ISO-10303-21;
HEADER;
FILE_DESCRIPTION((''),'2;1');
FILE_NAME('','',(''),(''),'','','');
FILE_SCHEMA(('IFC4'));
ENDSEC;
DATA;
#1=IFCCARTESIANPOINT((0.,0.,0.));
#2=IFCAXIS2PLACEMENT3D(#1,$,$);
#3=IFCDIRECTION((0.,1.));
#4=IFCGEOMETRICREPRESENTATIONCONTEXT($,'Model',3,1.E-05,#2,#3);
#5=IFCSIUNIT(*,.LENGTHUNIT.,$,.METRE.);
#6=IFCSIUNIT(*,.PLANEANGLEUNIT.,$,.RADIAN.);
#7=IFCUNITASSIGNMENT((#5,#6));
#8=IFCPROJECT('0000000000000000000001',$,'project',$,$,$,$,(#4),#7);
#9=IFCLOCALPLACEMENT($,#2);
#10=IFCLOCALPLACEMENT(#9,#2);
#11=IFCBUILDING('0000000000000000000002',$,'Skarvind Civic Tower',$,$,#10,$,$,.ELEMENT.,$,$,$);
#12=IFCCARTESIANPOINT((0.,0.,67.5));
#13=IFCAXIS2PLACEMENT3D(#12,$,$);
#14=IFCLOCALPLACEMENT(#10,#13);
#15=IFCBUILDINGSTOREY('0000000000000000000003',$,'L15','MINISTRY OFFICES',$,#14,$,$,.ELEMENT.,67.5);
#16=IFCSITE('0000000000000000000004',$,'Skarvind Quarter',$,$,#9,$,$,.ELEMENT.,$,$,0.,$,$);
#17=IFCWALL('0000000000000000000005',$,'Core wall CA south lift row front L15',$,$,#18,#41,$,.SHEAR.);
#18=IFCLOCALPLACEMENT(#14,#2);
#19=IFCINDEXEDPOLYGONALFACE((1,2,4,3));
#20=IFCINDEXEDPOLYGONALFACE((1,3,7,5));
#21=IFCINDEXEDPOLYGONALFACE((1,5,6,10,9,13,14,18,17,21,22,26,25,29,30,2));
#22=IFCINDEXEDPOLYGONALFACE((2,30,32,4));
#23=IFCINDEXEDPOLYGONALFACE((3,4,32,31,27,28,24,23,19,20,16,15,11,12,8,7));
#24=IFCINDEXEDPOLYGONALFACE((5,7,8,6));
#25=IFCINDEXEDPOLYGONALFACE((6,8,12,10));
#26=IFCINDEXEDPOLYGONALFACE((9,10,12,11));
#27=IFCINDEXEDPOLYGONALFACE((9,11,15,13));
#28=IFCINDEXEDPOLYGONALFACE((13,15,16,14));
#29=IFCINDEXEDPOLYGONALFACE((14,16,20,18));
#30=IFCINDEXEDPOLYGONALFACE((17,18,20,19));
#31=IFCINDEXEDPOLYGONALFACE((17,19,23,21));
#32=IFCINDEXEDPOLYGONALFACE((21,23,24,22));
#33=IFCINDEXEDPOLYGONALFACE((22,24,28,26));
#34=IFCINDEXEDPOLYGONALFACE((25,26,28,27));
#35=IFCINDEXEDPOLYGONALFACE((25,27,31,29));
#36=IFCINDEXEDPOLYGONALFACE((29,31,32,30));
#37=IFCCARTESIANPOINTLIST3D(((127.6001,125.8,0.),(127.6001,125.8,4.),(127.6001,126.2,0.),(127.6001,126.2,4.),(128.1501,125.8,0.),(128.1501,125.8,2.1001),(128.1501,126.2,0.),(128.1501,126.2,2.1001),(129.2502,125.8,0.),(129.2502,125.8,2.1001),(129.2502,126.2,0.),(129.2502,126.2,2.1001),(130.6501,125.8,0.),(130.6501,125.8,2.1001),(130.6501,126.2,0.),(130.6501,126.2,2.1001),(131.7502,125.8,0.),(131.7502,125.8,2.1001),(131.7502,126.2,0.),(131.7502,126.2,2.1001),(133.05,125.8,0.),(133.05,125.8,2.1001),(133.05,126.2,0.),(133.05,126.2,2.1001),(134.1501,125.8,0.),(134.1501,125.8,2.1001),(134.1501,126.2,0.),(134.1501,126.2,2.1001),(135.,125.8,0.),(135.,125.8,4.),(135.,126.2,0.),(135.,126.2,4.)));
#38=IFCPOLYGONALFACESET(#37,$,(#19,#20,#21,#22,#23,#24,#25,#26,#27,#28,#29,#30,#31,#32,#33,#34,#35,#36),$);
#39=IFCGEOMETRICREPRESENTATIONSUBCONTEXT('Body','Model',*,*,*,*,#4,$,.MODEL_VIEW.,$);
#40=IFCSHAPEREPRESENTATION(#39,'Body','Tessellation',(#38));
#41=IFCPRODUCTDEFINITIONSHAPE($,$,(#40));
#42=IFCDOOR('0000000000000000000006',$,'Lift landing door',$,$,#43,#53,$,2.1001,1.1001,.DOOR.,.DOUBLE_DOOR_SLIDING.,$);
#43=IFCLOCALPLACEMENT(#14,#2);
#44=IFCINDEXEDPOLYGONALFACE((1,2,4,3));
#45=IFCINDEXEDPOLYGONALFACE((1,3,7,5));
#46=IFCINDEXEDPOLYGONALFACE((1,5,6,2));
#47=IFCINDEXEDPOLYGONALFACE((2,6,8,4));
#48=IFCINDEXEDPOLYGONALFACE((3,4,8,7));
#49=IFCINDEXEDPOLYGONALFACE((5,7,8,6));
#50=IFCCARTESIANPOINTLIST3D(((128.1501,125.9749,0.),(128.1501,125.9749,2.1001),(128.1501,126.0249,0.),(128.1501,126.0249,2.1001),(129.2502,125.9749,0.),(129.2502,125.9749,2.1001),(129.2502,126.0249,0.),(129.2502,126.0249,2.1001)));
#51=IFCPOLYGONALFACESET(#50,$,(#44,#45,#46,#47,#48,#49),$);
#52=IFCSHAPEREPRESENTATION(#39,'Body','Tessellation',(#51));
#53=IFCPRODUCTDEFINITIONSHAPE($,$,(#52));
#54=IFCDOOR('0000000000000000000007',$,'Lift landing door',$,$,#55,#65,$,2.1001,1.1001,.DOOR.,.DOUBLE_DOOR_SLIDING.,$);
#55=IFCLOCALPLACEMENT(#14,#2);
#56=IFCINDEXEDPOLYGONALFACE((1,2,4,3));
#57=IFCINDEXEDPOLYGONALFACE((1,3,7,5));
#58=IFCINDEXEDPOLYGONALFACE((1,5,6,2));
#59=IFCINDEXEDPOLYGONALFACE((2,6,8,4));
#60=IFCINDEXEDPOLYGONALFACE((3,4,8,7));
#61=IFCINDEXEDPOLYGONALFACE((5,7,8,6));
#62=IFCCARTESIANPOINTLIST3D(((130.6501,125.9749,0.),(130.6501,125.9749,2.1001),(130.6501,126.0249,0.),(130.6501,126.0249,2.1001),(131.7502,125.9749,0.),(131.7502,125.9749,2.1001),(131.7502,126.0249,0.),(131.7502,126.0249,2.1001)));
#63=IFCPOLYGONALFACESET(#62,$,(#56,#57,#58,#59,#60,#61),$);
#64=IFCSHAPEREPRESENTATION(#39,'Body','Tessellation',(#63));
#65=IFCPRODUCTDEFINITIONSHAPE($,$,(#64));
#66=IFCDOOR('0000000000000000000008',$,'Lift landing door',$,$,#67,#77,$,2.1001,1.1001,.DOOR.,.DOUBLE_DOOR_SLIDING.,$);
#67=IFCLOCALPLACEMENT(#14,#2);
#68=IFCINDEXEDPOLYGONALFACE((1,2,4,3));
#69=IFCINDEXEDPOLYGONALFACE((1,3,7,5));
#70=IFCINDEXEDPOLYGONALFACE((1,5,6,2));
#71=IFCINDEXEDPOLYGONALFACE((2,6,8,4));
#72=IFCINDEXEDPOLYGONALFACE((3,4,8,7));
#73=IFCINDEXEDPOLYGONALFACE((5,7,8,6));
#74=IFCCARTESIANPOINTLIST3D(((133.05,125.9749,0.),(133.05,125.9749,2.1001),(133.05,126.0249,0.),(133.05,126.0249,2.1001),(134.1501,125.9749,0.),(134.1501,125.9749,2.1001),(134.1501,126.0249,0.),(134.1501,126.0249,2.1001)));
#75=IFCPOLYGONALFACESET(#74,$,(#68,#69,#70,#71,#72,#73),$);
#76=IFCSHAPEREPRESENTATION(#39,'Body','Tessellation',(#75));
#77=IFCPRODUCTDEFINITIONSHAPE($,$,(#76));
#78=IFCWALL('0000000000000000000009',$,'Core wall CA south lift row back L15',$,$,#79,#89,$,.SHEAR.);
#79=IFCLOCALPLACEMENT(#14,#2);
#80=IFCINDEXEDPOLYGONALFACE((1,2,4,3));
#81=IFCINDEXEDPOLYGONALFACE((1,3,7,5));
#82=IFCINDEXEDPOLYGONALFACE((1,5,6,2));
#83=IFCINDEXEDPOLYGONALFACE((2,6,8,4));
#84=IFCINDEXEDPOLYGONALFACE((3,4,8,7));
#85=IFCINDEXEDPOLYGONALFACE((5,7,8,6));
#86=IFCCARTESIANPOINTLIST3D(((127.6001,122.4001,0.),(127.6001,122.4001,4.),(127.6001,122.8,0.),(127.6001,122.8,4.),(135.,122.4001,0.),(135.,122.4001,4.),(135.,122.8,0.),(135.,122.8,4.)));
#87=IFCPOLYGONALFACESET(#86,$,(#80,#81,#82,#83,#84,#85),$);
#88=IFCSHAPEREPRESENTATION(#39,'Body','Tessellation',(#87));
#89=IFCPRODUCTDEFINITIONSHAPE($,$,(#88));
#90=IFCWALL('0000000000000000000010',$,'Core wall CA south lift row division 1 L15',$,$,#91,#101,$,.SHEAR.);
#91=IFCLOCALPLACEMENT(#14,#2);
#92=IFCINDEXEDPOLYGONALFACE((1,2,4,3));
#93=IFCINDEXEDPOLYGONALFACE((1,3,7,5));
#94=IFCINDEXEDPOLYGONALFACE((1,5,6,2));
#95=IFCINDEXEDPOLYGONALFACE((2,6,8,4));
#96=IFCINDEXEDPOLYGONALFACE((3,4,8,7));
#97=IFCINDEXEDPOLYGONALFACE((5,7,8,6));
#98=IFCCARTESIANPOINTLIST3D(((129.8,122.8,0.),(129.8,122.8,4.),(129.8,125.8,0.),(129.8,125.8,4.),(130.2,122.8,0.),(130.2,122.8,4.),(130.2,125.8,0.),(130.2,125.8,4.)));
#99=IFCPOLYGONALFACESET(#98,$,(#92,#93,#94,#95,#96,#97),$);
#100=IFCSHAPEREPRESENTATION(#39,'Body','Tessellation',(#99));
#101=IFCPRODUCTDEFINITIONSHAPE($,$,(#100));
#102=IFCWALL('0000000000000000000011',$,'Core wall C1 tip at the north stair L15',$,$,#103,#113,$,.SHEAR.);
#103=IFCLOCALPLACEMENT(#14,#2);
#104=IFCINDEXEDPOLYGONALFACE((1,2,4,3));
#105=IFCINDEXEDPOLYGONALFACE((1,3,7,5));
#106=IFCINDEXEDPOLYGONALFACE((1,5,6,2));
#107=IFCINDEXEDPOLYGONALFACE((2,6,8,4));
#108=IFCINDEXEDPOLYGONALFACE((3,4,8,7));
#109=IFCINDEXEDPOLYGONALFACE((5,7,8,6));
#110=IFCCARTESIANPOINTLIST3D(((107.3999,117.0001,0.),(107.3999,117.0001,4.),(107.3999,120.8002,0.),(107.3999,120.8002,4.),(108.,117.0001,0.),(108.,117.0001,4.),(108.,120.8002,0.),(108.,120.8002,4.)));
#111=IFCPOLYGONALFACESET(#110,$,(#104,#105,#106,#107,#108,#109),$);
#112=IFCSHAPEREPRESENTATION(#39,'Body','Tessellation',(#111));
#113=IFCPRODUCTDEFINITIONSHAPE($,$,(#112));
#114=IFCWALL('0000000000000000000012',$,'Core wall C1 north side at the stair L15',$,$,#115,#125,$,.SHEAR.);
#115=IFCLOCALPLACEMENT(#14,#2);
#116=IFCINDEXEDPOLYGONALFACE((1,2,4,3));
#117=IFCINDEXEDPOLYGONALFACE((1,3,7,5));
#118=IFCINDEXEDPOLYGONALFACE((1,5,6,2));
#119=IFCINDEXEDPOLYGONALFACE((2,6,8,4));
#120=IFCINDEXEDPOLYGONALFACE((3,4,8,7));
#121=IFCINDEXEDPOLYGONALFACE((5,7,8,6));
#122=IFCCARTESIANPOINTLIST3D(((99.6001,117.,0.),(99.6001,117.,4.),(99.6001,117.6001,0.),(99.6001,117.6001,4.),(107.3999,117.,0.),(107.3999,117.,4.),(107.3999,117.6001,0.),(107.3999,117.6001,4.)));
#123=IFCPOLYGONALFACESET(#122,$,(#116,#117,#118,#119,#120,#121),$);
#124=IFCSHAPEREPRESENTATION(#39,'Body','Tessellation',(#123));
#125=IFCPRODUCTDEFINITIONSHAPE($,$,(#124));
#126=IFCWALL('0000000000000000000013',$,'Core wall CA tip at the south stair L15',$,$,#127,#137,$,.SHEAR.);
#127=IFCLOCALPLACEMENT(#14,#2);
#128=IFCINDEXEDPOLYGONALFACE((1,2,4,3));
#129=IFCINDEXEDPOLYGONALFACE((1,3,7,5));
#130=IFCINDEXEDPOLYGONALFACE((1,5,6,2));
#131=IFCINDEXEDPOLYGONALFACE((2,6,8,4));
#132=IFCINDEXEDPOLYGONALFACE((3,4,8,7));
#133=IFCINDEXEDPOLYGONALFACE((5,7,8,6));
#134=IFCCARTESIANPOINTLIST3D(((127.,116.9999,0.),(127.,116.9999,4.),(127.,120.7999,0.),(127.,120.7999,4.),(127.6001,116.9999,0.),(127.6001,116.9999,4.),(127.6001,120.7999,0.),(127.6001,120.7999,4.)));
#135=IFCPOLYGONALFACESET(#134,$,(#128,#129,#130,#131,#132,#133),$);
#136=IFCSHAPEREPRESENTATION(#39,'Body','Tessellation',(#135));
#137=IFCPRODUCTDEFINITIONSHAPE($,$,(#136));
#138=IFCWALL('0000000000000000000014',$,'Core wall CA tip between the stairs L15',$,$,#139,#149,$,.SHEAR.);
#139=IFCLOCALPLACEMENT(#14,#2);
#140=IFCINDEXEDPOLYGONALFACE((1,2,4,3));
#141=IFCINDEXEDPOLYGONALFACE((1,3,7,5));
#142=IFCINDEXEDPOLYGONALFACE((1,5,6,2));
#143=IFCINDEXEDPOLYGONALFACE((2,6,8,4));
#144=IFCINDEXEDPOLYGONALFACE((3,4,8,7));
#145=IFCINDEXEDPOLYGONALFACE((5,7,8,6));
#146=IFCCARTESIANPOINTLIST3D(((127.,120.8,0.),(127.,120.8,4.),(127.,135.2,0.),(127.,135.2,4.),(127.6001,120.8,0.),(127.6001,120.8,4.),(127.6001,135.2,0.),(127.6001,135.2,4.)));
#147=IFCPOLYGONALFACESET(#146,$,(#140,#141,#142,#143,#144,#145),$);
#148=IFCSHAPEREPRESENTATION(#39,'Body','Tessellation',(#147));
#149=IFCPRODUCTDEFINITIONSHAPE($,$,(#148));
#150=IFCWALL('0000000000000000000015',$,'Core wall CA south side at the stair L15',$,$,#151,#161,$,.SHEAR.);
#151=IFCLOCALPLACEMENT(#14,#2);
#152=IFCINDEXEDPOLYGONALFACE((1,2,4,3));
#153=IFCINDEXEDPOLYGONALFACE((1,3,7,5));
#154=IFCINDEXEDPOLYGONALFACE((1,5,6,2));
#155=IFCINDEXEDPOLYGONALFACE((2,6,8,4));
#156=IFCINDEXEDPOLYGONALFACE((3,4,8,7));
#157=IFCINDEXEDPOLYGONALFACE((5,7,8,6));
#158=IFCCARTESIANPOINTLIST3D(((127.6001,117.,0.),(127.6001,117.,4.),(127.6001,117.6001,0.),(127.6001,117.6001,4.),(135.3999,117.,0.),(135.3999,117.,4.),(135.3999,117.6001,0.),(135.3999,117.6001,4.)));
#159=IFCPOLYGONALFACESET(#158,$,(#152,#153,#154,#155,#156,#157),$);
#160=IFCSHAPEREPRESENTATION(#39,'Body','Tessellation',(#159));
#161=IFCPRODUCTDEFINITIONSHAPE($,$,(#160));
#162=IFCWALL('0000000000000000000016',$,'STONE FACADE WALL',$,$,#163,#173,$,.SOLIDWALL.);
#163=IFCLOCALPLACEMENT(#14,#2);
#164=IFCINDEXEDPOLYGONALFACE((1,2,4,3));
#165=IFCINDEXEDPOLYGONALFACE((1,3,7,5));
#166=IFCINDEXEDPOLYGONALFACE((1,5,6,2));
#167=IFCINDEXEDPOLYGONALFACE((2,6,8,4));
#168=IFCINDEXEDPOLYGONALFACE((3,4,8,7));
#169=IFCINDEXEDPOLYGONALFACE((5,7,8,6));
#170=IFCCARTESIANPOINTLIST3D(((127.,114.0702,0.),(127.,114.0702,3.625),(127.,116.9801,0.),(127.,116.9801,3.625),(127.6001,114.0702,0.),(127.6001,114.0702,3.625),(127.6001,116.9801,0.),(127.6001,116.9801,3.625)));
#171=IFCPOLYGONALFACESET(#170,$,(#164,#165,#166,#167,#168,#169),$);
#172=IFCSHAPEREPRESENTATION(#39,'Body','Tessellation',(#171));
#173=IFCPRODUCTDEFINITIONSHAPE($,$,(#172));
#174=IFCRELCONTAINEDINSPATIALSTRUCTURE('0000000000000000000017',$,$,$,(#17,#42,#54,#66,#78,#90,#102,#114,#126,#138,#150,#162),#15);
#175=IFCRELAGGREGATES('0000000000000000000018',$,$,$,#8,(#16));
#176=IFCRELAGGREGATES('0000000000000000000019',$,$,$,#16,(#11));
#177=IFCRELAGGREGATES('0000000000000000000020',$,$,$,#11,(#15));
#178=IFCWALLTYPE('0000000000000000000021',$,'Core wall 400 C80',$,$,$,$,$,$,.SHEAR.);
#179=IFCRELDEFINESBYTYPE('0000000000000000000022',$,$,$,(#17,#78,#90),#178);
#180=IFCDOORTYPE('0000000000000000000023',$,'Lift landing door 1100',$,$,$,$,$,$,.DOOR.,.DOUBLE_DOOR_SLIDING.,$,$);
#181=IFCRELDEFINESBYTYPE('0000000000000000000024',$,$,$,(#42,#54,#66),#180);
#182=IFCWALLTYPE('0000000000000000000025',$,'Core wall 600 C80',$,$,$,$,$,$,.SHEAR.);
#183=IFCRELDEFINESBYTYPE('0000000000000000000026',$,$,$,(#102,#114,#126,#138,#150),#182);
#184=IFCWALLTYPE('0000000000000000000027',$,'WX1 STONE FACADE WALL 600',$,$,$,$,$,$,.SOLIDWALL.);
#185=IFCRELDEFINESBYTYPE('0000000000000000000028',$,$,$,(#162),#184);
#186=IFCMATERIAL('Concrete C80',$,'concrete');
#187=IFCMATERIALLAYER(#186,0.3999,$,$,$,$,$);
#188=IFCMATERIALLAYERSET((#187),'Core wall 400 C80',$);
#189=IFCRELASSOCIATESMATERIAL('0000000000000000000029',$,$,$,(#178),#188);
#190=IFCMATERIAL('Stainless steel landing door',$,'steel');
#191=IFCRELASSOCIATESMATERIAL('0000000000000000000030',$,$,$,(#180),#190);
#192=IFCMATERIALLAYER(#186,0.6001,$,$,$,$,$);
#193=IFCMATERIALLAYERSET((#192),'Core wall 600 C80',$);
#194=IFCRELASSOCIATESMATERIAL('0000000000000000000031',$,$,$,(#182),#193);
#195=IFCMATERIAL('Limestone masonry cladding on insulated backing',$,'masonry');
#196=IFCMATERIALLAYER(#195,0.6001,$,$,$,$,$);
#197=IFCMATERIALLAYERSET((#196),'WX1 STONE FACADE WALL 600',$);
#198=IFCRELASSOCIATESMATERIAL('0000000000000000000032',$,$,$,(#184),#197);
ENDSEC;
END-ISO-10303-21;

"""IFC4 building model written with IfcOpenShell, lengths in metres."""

from ifc_helpers import new_model, si_unit, direction, frame, frame_2d, origin, place, context, subcontext, project, spatial, rectangle, extrude, material, layer, layer_set, type_object, element, fill, save


model = new_model("IFC4")

# Units and contexts
model_context = context("Model", 3, precision=1e-05, world=origin(), true_north=direction((0.0, 1.0)))
body_context = subcontext(model_context, "Body", "Model", "MODEL_VIEW")
ifc_project = project(units=[si_unit("LENGTHUNIT", "METRE"), si_unit("PLANEANGLEUNIT", "RADIAN")], contexts=[model_context])

# Site, building, storey
site_placement = place(None, origin())
site = spatial("IfcSite", under=ifc_project, at=site_placement, Name="Skarvind Quarter", CompositionType="ELEMENT", RefElevation=0.0)
building_placement = place(site_placement, origin())
building = spatial("IfcBuilding", under=site, at=building_placement, Name="Skarvind Civic Tower", CompositionType="ELEMENT")
storey_placement = place(building_placement, frame((0.0, 0.0, 67.5)))
storey = spatial("IfcBuildingStorey", under=building, at=storey_placement, Name="L15", Description="MINISTRY OFFICES", CompositionType="ELEMENT", Elevation=67.5)

# Shared definitions
ifc_material_1 = material(Name="Concrete C80", Category="concrete")
ifc_layer_1 = layer(ifc_material_1, 0.3999)
ifc_layer_set_1 = layer_set([ifc_layer_1], Name="Core wall 400 C80")
wall_type_1 = type_object("IfcWallType", Name="Core wall 400 C80", PredefinedType="SHEAR", material=ifc_layer_set_1)

# Shared definitions
ifc_material_2 = material(Name="Stainless steel landing door", Category="steel")
door_type_1 = type_object("IfcDoorType", Name="Lift landing door 1100", OperationType="DOUBLE_DOOR_SLIDING", PredefinedType="DOOR", material=ifc_material_2)

# Wall, openings, doors
wall_1_placement = place(storey_placement, frame((127.6001, 126.0, 0.0), z_axis=(0.0, 0.0, 1.0), x_axis=(1.0, 0.0, 0.0)))
wall_1 = element("IfcWall", 1, at=wall_1_placement, inside=storey, type_object=wall_type_1, Name="Core wall CA south lift row front L15", PredefinedType="SHEAR", context=body_context, shape_type="SweptSolid", body=[
    extrude(rectangle(XDim=7.3999, YDim=0.3999, at=frame_2d((3.7, 0.0))), origin(), (0.0, 0.0, 1.0), 4.0),
])
opening_1_placement = place(wall_1_placement, frame((0.55, 0.0, 0.0)))
opening_1 = element("IfcOpeningElement", 2, at=opening_1_placement, cuts=wall_1, PredefinedType="OPENING", context=body_context, shape_type="SweptSolid", body=[
    extrude(rectangle(XDim=1.1001, YDim=2.1001, at=frame_2d((0.55, 1.05))), frame((0.0, 0.21, 0.0), z_axis=(0.0, -1.0, 0.0), x_axis=(1.0, 0.0, 0.0)), (0.0, 0.0, 1.0), 0.4199),
])
opening_2_placement = place(wall_1_placement, frame((3.05, 0.0, 0.0)))
opening_2 = element("IfcOpeningElement", 3, at=opening_2_placement, cuts=wall_1, PredefinedType="OPENING", context=body_context, shape_type="SweptSolid", body=[
    extrude(rectangle(XDim=1.1001, YDim=2.1001, at=frame_2d((0.55, 1.05))), frame((0.0, 0.21, 0.0), z_axis=(0.0, -1.0, 0.0), x_axis=(1.0, 0.0, 0.0)), (0.0, 0.0, 1.0), 0.4199),
])
opening_3_placement = place(wall_1_placement, frame((5.45, 0.0, 0.0)))
opening_3 = element("IfcOpeningElement", 4, at=opening_3_placement, cuts=wall_1, PredefinedType="OPENING", context=body_context, shape_type="SweptSolid", body=[
    extrude(rectangle(XDim=1.1001, YDim=2.1001, at=frame_2d((0.55, 1.05))), frame((0.0, 0.21, 0.0), z_axis=(0.0, -1.0, 0.0), x_axis=(1.0, 0.0, 0.0)), (0.0, 0.0, 1.0), 0.4199),
])
door_1_placement = place(opening_1_placement, origin())
door_1 = element("IfcDoor", 5, at=door_1_placement, inside=storey, type_object=door_type_1, Name="Lift landing door", OperationType="DOUBLE_DOOR_SLIDING", OverallHeight=2.1001, OverallWidth=1.1001, PredefinedType="DOOR", context=body_context, shape_type="SweptSolid", body=[
    extrude(rectangle(XDim=1.1001, YDim=2.1001, at=frame_2d((0.55, 1.05))), frame((0.0, 0.0249, 0.0), z_axis=(0.0, -1.0, 0.0), x_axis=(1.0, 0.0, 0.0)), (0.0, 0.0, 1.0), 0.05),
])
fill(opening_1, door_1)
door_2_placement = place(opening_2_placement, origin())
door_2 = element("IfcDoor", 6, at=door_2_placement, inside=storey, type_object=door_type_1, Name="Lift landing door", OperationType="DOUBLE_DOOR_SLIDING", OverallHeight=2.1001, OverallWidth=1.1001, PredefinedType="DOOR", context=body_context, shape_type="SweptSolid", body=[
    extrude(rectangle(XDim=1.1001, YDim=2.1001, at=frame_2d((0.55, 1.05))), frame((0.0, 0.0249, 0.0), z_axis=(0.0, -1.0, 0.0), x_axis=(1.0, 0.0, 0.0)), (0.0, 0.0, 1.0), 0.05),
])
fill(opening_2, door_2)
door_3_placement = place(opening_3_placement, origin())
door_3 = element("IfcDoor", 7, at=door_3_placement, inside=storey, type_object=door_type_1, Name="Lift landing door", OperationType="DOUBLE_DOOR_SLIDING", OverallHeight=2.1001, OverallWidth=1.1001, PredefinedType="DOOR", context=body_context, shape_type="SweptSolid", body=[
    extrude(rectangle(XDim=1.1001, YDim=2.1001, at=frame_2d((0.55, 1.05))), frame((0.0, 0.0249, 0.0), z_axis=(0.0, -1.0, 0.0), x_axis=(1.0, 0.0, 0.0)), (0.0, 0.0, 1.0), 0.05),
])
fill(opening_3, door_3)

# Walls
wall_2_placement = place(storey_placement, frame((127.6001, 122.6001, 0.0), z_axis=(0.0, 0.0, 1.0), x_axis=(1.0, 0.0, 0.0)))
element("IfcWall", 8, at=wall_2_placement, inside=storey, type_object=wall_type_1, Name="Core wall CA south lift row back L15", PredefinedType="SHEAR", context=body_context, shape_type="SweptSolid", body=[
    extrude(rectangle(XDim=7.3999, YDim=0.3999, at=frame_2d((3.7, 0.0))), origin(), (0.0, 0.0, 1.0), 4.0),
])
wall_3_placement = place(storey_placement, frame((130.0, 122.8, 0.0), z_axis=(0.0, 0.0, 1.0), x_axis=(0.0, 1.0, 0.0)))
element("IfcWall", 9, at=wall_3_placement, inside=storey, type_object=wall_type_1, Name="Core wall CA south lift row division 1 L15", PredefinedType="SHEAR", context=body_context, shape_type="SweptSolid", body=[
    extrude(rectangle(XDim=3.0, YDim=0.3999, at=frame_2d((1.5, 0.0))), origin(), (0.0, 0.0, 1.0), 4.0),
])
ifc_layer_2 = layer(ifc_material_1, 0.6001)
ifc_layer_set_2 = layer_set([ifc_layer_2], Name="Core wall 600 C80")
wall_type_2 = type_object("IfcWallType", Name="Core wall 600 C80", PredefinedType="SHEAR", material=ifc_layer_set_2)
wall_4_placement = place(storey_placement, frame((107.7, 120.8, 0.0), z_axis=(0.0, 0.0, 1.0), x_axis=(0.0, -1.0, 0.0)))
element("IfcWall", 10, at=wall_4_placement, inside=storey, type_object=wall_type_2, Name="Core wall C1 tip at the north stair L15", PredefinedType="SHEAR", context=body_context, shape_type="SweptSolid", body=[
    extrude(rectangle(XDim=3.8, YDim=0.6001, at=frame_2d((1.8999, 0.0))), origin(), (0.0, 0.0, 1.0), 4.0),
])
wall_5_placement = place(storey_placement, frame((107.3999, 117.3, 0.0), z_axis=(0.0, 0.0, 1.0), x_axis=(-1.0, 0.0, 0.0)))
element("IfcWall", 11, at=wall_5_placement, inside=storey, type_object=wall_type_2, Name="Core wall C1 north side at the stair L15", PredefinedType="SHEAR", context=body_context, shape_type="SweptSolid", body=[
    extrude(rectangle(XDim=7.7998, YDim=0.6001, at=frame_2d((3.8999, 0.0))), origin(), (0.0, 0.0, 1.0), 4.0),
])
wall_6_placement = place(storey_placement, frame((127.3, 117.0, 0.0), z_axis=(0.0, 0.0, 1.0), x_axis=(0.0, 1.0, 0.0)))
element("IfcWall", 12, at=wall_6_placement, inside=storey, type_object=wall_type_2, Name="Core wall CA tip at the south stair L15", PredefinedType="SHEAR", context=body_context, shape_type="SweptSolid", body=[
    extrude(rectangle(XDim=3.8, YDim=0.6001, at=frame_2d((1.8999, 0.0))), origin(), (0.0, 0.0, 1.0), 4.0),
])
wall_7_placement = place(storey_placement, frame((127.3, 120.8, 0.0), z_axis=(0.0, 0.0, 1.0), x_axis=(0.0, 1.0, 0.0)))
element("IfcWall", 13, at=wall_7_placement, inside=storey, type_object=wall_type_2, Name="Core wall CA tip between the stairs L15", PredefinedType="SHEAR", context=body_context, shape_type="SweptSolid", body=[
    extrude(rectangle(XDim=14.3999, YDim=0.6001, at=frame_2d((7.2, 0.0))), origin(), (0.0, 0.0, 1.0), 4.0),
])
wall_8_placement = place(storey_placement, frame((127.6001, 117.3, 0.0), z_axis=(0.0, 0.0, 1.0), x_axis=(1.0, 0.0, 0.0)))
element("IfcWall", 14, at=wall_8_placement, inside=storey, type_object=wall_type_2, Name="Core wall CA south side at the stair L15", PredefinedType="SHEAR", context=body_context, shape_type="SweptSolid", body=[
    extrude(rectangle(XDim=7.7998, YDim=0.6001, at=frame_2d((3.8999, 0.0))), origin(), (0.0, 0.0, 1.0), 4.0),
])
ifc_material_3 = material(Name="Limestone masonry cladding on insulated backing", Category="masonry")
ifc_layer_3 = layer(ifc_material_3, 0.6001)
ifc_layer_set_3 = layer_set([ifc_layer_3], Name="WX1 STONE FACADE WALL 600")
wall_type_3 = type_object("IfcWallType", Name="WX1 STONE FACADE WALL 600", PredefinedType="SOLIDWALL", material=ifc_layer_set_3)
wall_9_placement = place(storey_placement, frame((127.3, 114.0701, 0.0), z_axis=(0.0, 0.0, 1.0), x_axis=(0.0, 1.0, 0.0)))
element("IfcWall", 15, at=wall_9_placement, inside=storey, type_object=wall_type_3, Name="STONE FACADE WALL", PredefinedType="SOLIDWALL", context=body_context, shape_type="SweptSolid", body=[
    extrude(rectangle(XDim=2.9099, YDim=0.6001, at=frame_2d((1.4551, 0.0))), origin(), (0.0, 0.0, 1.0), 3.625),
])

save(model, "model.ifc")
